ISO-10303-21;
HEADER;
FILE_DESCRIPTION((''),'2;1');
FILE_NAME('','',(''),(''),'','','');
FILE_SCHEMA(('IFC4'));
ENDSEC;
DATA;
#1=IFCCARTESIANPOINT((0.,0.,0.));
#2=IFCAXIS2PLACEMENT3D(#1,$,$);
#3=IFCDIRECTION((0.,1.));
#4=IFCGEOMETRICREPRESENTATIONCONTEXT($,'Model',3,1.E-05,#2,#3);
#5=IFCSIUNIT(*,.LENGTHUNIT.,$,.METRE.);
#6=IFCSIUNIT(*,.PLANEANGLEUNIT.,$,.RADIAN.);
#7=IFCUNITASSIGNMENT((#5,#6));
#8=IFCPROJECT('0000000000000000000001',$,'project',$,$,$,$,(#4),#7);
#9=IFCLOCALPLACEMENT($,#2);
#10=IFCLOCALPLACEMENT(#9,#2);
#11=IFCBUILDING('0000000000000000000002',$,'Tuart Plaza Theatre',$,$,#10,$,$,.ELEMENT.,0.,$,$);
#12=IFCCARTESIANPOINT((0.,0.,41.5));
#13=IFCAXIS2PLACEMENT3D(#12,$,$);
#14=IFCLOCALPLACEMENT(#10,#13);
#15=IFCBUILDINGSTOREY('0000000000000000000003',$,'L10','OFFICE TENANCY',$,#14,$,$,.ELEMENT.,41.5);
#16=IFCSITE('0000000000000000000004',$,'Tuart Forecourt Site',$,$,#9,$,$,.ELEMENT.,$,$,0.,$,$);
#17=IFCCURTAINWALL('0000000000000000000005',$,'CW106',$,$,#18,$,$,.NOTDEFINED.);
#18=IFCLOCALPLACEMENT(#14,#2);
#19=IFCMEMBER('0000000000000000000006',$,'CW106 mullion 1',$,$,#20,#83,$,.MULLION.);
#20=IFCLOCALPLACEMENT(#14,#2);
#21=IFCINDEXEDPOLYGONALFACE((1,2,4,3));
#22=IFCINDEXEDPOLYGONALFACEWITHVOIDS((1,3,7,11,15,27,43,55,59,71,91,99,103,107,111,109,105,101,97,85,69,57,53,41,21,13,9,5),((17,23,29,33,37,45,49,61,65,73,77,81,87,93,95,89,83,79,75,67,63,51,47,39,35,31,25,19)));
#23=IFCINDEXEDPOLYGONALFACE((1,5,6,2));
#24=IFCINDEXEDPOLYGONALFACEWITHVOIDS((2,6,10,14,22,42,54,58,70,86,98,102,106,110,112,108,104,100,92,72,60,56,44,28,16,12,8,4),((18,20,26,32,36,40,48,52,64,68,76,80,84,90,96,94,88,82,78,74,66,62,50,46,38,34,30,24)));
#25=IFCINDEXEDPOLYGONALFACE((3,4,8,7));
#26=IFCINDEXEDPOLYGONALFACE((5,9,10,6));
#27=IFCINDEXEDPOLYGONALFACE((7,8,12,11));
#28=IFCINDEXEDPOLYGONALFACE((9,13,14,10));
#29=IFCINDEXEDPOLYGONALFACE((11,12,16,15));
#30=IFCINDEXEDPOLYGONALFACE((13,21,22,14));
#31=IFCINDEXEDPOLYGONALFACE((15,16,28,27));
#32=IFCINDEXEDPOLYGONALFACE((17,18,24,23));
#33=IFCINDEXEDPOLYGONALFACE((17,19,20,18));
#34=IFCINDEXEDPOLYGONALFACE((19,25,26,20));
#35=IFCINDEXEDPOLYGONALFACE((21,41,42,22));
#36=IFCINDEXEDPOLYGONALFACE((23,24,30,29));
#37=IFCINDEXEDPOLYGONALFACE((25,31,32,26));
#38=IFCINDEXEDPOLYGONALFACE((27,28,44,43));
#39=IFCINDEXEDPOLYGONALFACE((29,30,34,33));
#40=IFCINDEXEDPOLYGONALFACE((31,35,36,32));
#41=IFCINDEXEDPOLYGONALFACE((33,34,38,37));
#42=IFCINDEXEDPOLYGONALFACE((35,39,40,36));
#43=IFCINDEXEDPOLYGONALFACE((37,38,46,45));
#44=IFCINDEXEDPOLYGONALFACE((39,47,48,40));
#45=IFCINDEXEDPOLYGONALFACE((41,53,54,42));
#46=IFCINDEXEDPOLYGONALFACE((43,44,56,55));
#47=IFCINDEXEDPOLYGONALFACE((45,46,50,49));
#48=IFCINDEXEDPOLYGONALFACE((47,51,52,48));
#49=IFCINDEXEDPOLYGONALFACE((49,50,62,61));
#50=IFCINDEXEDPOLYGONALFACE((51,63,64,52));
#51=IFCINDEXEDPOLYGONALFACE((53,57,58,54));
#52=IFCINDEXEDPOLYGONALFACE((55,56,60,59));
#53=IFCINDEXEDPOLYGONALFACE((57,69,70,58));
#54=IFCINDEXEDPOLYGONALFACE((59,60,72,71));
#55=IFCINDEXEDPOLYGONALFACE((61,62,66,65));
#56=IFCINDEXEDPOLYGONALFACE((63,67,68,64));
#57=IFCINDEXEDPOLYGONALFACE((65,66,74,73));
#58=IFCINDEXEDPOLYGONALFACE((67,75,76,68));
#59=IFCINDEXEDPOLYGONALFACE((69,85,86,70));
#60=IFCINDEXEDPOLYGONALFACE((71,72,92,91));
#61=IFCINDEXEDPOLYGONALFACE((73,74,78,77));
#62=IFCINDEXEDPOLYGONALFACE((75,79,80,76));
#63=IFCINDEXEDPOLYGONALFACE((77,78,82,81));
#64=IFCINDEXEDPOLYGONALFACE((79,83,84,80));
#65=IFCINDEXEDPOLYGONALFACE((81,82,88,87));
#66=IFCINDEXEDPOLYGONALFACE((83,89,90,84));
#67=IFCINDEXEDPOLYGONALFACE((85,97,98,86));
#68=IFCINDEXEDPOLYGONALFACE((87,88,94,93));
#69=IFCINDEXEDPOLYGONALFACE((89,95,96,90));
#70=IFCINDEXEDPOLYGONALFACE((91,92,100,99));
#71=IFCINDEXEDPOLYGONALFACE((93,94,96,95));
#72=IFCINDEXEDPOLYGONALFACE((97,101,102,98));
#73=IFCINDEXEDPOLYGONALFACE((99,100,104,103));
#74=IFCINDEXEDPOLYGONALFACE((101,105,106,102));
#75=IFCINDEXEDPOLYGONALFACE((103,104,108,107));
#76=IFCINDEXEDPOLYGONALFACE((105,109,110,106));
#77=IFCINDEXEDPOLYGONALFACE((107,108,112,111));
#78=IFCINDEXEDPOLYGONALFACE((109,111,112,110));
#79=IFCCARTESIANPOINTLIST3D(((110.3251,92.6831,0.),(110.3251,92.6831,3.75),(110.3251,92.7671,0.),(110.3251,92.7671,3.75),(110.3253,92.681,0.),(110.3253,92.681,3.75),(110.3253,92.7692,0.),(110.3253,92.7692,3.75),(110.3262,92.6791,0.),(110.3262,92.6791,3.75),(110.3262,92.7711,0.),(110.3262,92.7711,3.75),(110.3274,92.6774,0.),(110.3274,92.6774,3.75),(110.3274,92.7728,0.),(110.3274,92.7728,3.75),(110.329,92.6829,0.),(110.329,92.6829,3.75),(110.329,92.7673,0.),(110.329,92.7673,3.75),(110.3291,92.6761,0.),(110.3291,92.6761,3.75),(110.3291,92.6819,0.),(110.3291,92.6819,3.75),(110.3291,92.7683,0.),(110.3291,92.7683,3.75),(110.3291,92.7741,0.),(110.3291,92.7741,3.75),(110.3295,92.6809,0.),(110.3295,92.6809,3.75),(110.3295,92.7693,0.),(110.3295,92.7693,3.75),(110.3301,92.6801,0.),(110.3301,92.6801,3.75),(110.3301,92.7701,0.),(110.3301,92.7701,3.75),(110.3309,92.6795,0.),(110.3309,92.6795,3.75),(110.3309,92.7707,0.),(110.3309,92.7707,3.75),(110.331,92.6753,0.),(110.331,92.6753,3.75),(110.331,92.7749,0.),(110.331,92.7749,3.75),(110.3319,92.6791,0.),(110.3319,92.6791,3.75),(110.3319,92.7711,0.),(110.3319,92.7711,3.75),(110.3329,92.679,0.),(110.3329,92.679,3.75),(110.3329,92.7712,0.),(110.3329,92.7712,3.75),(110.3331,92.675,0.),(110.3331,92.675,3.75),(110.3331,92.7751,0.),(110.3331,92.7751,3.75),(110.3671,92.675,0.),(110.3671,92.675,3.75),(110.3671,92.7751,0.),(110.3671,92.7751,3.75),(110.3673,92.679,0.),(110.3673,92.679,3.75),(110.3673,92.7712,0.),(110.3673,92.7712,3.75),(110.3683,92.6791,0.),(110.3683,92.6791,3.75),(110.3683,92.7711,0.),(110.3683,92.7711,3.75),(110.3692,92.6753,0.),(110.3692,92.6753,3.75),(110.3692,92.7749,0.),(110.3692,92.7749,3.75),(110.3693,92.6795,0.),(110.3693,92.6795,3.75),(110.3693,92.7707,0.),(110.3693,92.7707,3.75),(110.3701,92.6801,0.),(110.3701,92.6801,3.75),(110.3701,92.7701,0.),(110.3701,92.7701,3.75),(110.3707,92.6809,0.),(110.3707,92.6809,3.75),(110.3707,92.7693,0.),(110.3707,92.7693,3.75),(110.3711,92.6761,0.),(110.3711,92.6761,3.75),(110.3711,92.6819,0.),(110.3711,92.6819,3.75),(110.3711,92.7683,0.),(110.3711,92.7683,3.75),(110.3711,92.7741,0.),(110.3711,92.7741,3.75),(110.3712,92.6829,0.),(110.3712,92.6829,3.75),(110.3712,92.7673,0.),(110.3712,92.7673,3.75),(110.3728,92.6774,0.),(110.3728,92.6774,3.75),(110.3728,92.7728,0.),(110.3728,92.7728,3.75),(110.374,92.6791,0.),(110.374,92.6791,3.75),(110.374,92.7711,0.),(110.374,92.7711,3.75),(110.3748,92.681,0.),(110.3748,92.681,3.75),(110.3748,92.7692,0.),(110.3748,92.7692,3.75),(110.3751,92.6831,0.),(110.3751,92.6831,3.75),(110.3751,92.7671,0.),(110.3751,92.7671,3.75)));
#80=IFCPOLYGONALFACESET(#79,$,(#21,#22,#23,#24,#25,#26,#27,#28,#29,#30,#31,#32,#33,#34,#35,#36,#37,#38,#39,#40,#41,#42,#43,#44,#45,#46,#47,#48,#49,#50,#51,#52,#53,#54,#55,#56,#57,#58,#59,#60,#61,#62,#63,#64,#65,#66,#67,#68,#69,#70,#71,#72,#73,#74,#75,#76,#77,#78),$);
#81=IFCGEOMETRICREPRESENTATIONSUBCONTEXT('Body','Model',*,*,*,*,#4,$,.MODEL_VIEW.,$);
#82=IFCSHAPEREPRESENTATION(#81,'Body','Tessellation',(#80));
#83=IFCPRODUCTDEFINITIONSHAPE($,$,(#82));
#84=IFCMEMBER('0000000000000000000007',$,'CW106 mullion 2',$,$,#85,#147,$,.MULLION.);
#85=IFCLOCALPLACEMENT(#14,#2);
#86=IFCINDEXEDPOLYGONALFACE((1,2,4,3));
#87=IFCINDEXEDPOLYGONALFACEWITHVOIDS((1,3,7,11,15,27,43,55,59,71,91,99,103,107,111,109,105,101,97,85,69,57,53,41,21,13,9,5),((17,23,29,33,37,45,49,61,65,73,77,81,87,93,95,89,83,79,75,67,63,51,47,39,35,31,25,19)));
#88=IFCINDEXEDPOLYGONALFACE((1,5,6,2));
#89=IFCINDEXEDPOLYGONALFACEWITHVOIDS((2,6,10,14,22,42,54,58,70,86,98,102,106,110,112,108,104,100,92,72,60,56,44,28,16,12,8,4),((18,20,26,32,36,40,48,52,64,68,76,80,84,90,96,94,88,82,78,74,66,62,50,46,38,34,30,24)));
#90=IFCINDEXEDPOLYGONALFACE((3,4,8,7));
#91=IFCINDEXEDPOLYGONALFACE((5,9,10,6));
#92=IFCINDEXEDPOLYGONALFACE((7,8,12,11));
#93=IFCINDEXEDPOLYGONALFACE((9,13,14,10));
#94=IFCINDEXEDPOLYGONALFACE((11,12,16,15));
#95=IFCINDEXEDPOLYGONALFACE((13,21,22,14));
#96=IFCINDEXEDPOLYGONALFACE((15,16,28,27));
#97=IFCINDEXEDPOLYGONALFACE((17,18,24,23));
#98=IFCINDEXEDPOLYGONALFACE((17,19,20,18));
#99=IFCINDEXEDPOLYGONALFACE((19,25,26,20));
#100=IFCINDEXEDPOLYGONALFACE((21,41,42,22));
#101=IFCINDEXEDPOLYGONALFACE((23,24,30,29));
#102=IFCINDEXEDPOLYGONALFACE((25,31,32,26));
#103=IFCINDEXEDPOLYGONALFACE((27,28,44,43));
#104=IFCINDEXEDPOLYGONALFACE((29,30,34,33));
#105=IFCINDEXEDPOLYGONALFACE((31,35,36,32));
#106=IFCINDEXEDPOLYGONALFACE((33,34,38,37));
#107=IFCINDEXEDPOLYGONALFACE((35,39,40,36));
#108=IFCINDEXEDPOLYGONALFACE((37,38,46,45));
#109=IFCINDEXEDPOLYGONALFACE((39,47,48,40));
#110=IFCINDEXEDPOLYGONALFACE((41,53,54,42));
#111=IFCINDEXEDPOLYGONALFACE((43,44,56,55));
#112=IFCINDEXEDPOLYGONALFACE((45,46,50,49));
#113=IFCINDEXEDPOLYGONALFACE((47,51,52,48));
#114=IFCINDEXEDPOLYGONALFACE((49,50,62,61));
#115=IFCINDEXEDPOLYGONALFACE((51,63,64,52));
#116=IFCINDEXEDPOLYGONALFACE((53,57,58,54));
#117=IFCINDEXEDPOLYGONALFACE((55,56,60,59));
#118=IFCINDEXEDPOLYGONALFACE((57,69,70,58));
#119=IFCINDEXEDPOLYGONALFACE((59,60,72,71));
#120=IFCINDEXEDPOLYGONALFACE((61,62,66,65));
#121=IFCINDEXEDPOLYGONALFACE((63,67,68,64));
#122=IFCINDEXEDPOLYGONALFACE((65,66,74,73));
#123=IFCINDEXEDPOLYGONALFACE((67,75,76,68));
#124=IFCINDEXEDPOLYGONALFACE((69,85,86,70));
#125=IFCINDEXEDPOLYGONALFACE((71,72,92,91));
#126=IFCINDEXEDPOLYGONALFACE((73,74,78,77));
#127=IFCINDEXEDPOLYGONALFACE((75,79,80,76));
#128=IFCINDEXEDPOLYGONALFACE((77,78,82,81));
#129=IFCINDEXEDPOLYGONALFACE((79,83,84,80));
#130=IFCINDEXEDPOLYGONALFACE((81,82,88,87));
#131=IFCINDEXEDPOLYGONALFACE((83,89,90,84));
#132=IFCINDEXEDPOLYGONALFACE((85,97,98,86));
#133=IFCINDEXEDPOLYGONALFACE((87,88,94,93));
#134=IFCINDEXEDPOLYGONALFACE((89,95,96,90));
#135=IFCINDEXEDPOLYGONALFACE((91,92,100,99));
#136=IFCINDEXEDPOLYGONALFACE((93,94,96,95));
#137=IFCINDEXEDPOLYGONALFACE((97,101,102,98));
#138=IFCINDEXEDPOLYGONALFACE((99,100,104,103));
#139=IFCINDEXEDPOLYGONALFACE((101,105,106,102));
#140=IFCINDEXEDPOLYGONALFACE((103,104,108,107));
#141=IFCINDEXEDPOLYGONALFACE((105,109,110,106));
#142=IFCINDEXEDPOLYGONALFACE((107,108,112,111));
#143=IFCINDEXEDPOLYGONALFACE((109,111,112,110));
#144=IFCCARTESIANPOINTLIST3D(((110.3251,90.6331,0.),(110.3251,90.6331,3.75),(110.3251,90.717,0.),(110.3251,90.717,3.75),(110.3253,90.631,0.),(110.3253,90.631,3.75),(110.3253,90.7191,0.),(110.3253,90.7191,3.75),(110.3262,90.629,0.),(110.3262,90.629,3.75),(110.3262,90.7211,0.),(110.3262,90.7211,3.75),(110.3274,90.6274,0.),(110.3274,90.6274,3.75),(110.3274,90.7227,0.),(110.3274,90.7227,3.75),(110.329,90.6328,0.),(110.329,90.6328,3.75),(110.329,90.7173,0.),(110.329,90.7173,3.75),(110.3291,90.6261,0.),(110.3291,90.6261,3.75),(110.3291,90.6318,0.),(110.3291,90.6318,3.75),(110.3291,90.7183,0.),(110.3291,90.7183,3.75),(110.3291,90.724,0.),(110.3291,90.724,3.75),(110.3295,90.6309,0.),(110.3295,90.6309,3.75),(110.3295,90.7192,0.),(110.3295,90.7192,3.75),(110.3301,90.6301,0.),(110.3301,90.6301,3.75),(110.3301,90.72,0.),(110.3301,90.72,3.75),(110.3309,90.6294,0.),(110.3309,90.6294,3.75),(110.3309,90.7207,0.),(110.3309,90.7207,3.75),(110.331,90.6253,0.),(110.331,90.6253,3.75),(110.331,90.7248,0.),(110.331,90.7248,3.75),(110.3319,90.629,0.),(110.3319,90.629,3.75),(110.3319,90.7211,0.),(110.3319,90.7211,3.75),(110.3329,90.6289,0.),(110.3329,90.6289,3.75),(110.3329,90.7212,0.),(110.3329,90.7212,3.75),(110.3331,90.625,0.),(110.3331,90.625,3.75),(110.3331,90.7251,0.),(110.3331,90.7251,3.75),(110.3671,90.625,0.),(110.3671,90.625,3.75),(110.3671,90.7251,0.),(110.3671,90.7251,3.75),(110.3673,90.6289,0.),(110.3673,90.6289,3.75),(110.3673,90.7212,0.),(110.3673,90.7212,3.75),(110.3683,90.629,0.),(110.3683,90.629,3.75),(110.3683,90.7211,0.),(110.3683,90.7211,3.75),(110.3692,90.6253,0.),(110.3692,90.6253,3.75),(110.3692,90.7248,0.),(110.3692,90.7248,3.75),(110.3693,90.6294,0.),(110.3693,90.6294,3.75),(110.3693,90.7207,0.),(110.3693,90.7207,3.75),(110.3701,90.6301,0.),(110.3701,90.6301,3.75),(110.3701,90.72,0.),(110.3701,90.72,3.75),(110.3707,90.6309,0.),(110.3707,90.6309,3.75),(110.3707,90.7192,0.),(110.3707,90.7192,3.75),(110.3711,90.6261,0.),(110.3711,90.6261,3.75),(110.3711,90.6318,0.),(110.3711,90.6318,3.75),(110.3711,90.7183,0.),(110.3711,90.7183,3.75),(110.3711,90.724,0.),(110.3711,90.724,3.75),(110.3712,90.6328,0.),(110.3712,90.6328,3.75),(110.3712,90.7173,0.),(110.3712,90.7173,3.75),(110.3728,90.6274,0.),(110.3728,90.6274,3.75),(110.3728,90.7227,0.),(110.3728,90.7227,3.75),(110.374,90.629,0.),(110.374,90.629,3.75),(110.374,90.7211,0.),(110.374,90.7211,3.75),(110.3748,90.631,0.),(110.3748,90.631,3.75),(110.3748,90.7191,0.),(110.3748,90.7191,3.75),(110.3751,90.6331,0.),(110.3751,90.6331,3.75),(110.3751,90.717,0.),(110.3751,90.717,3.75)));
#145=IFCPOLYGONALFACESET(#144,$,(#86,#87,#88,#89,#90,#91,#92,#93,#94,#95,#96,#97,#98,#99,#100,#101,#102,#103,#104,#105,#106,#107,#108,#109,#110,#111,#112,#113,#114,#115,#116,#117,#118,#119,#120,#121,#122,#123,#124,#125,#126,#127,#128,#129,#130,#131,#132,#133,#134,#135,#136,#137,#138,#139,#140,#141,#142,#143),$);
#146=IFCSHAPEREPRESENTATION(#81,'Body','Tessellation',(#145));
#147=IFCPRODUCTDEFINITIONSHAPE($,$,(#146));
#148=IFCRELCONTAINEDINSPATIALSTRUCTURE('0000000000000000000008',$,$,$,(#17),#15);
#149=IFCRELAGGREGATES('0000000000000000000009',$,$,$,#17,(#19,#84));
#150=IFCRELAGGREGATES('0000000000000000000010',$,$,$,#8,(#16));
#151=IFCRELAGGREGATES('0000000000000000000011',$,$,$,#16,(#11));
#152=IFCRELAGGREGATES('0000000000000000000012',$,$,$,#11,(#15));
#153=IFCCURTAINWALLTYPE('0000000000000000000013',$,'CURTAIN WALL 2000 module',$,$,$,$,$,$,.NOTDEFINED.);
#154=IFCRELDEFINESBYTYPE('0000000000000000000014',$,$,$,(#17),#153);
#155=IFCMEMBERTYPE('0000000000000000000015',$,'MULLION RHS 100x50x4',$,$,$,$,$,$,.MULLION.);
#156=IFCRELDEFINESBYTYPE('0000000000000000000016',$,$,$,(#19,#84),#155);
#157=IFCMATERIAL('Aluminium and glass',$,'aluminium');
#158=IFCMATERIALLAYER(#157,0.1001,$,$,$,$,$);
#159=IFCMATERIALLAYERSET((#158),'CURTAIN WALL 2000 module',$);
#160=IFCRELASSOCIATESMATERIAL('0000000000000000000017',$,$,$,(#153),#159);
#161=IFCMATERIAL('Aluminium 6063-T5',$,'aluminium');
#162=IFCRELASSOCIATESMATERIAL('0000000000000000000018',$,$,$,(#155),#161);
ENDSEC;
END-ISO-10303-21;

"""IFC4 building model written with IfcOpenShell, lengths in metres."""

from ifc_helpers import new_model, si_unit, direction, frame, origin, origin_2d, place, context, subcontext, project, spatial, hollow_rectangle, extrude, material, layer, layer_set, material_profile, profile_set, type_object, element, aggregate, save


model = new_model("IFC4")

# Units and contexts
model_context = context("Model", 3, precision=1e-05, world=origin(), true_north=direction((0.0, 1.0)))
body_context = subcontext(model_context, "Body", "Model", "MODEL_VIEW")
ifc_project = project(units=[si_unit("LENGTHUNIT", "METRE"), si_unit("PLANEANGLEUNIT", "RADIAN")], contexts=[model_context])

# Site, building, storey
site_placement = place(None, origin())
site = spatial("IfcSite", under=ifc_project, at=site_placement, Name="Tuart Forecourt Site", CompositionType="ELEMENT", RefElevation=0.0)
building_placement = place(site_placement, origin())
building = spatial("IfcBuilding", under=site, at=building_placement, Name="Tuart Plaza Theatre", CompositionType="ELEMENT", ElevationOfRefHeight=0.0)
storey_placement = place(building_placement, frame((0.0, 0.0, 41.5)))
storey = spatial("IfcBuildingStorey", under=building, at=storey_placement, Name="L10", Description="OFFICE TENANCY", CompositionType="ELEMENT", Elevation=41.5)

# Curtain wall, members
ifc_material_1 = material(Name="Aluminium and glass", Category="aluminium")
ifc_layer_1 = layer(ifc_material_1, 0.1001)
ifc_layer_set_1 = layer_set([ifc_layer_1], Name="CURTAIN WALL 2000 module")
curtain_wall_type = type_object("IfcCurtainWallType", Name="CURTAIN WALL 2000 module", PredefinedType="NOTDEFINED", material=ifc_layer_set_1)
curtain_wall_placement = place(storey_placement, origin())
curtain_wall = element("IfcCurtainWall", 1, at=curtain_wall_placement, inside=storey, type_object=curtain_wall_type, Name="CW106", PredefinedType="NOTDEFINED")
ifc_material_2 = material(Name="Aluminium 6063-T5", Category="aluminium")
ifc_material_profile_1 = material_profile(ifc_material_2, hollow_rectangle(XDim=0.05, YDim=0.1001, WallThickness=0.0039, InnerFilletRadius=0.0039, OuterFilletRadius=0.0081, at=origin_2d()), Name="RHS 100x50x4")
ifc_profile_set_1 = profile_set([ifc_material_profile_1], Name="Aluminium 6063-T5")
member_type_1 = type_object("IfcMemberType", Name="MULLION RHS 100x50x4", PredefinedType="MULLION", material=ifc_profile_set_1)
member_1_placement = place(storey_placement, frame((110.3501, 92.7251, 0.0), z_axis=(0.0, 0.0, 1.0), x_axis=(1.0, 0.0, 0.0)))
member_1 = element("IfcMember", 2, at=member_1_placement, type_object=member_type_1, Name="CW106 mullion 1", PredefinedType="MULLION", context=body_context, shape_type="SweptSolid", body=[
    extrude(hollow_rectangle(XDim=0.05, YDim=0.1001, WallThickness=0.0039, InnerFilletRadius=0.0039, OuterFilletRadius=0.0081, at=origin_2d()), origin(), (0.0, 0.0, 1.0), 3.75),
])
member_2_placement = place(storey_placement, frame((110.3501, 90.675, 0.0), z_axis=(0.0, 0.0, 1.0), x_axis=(1.0, 0.0, 0.0)))
member_2 = element("IfcMember", 3, at=member_2_placement, type_object=member_type_1, Name="CW106 mullion 2", PredefinedType="MULLION", context=body_context, shape_type="SweptSolid", body=[
    extrude(hollow_rectangle(XDim=0.05, YDim=0.1001, WallThickness=0.0039, InnerFilletRadius=0.0039, OuterFilletRadius=0.0081, at=origin_2d()), origin(), (0.0, 0.0, 1.0), 3.75),
])
aggregate(curtain_wall, [member_1, member_2])

save(model, "model.ifc")
